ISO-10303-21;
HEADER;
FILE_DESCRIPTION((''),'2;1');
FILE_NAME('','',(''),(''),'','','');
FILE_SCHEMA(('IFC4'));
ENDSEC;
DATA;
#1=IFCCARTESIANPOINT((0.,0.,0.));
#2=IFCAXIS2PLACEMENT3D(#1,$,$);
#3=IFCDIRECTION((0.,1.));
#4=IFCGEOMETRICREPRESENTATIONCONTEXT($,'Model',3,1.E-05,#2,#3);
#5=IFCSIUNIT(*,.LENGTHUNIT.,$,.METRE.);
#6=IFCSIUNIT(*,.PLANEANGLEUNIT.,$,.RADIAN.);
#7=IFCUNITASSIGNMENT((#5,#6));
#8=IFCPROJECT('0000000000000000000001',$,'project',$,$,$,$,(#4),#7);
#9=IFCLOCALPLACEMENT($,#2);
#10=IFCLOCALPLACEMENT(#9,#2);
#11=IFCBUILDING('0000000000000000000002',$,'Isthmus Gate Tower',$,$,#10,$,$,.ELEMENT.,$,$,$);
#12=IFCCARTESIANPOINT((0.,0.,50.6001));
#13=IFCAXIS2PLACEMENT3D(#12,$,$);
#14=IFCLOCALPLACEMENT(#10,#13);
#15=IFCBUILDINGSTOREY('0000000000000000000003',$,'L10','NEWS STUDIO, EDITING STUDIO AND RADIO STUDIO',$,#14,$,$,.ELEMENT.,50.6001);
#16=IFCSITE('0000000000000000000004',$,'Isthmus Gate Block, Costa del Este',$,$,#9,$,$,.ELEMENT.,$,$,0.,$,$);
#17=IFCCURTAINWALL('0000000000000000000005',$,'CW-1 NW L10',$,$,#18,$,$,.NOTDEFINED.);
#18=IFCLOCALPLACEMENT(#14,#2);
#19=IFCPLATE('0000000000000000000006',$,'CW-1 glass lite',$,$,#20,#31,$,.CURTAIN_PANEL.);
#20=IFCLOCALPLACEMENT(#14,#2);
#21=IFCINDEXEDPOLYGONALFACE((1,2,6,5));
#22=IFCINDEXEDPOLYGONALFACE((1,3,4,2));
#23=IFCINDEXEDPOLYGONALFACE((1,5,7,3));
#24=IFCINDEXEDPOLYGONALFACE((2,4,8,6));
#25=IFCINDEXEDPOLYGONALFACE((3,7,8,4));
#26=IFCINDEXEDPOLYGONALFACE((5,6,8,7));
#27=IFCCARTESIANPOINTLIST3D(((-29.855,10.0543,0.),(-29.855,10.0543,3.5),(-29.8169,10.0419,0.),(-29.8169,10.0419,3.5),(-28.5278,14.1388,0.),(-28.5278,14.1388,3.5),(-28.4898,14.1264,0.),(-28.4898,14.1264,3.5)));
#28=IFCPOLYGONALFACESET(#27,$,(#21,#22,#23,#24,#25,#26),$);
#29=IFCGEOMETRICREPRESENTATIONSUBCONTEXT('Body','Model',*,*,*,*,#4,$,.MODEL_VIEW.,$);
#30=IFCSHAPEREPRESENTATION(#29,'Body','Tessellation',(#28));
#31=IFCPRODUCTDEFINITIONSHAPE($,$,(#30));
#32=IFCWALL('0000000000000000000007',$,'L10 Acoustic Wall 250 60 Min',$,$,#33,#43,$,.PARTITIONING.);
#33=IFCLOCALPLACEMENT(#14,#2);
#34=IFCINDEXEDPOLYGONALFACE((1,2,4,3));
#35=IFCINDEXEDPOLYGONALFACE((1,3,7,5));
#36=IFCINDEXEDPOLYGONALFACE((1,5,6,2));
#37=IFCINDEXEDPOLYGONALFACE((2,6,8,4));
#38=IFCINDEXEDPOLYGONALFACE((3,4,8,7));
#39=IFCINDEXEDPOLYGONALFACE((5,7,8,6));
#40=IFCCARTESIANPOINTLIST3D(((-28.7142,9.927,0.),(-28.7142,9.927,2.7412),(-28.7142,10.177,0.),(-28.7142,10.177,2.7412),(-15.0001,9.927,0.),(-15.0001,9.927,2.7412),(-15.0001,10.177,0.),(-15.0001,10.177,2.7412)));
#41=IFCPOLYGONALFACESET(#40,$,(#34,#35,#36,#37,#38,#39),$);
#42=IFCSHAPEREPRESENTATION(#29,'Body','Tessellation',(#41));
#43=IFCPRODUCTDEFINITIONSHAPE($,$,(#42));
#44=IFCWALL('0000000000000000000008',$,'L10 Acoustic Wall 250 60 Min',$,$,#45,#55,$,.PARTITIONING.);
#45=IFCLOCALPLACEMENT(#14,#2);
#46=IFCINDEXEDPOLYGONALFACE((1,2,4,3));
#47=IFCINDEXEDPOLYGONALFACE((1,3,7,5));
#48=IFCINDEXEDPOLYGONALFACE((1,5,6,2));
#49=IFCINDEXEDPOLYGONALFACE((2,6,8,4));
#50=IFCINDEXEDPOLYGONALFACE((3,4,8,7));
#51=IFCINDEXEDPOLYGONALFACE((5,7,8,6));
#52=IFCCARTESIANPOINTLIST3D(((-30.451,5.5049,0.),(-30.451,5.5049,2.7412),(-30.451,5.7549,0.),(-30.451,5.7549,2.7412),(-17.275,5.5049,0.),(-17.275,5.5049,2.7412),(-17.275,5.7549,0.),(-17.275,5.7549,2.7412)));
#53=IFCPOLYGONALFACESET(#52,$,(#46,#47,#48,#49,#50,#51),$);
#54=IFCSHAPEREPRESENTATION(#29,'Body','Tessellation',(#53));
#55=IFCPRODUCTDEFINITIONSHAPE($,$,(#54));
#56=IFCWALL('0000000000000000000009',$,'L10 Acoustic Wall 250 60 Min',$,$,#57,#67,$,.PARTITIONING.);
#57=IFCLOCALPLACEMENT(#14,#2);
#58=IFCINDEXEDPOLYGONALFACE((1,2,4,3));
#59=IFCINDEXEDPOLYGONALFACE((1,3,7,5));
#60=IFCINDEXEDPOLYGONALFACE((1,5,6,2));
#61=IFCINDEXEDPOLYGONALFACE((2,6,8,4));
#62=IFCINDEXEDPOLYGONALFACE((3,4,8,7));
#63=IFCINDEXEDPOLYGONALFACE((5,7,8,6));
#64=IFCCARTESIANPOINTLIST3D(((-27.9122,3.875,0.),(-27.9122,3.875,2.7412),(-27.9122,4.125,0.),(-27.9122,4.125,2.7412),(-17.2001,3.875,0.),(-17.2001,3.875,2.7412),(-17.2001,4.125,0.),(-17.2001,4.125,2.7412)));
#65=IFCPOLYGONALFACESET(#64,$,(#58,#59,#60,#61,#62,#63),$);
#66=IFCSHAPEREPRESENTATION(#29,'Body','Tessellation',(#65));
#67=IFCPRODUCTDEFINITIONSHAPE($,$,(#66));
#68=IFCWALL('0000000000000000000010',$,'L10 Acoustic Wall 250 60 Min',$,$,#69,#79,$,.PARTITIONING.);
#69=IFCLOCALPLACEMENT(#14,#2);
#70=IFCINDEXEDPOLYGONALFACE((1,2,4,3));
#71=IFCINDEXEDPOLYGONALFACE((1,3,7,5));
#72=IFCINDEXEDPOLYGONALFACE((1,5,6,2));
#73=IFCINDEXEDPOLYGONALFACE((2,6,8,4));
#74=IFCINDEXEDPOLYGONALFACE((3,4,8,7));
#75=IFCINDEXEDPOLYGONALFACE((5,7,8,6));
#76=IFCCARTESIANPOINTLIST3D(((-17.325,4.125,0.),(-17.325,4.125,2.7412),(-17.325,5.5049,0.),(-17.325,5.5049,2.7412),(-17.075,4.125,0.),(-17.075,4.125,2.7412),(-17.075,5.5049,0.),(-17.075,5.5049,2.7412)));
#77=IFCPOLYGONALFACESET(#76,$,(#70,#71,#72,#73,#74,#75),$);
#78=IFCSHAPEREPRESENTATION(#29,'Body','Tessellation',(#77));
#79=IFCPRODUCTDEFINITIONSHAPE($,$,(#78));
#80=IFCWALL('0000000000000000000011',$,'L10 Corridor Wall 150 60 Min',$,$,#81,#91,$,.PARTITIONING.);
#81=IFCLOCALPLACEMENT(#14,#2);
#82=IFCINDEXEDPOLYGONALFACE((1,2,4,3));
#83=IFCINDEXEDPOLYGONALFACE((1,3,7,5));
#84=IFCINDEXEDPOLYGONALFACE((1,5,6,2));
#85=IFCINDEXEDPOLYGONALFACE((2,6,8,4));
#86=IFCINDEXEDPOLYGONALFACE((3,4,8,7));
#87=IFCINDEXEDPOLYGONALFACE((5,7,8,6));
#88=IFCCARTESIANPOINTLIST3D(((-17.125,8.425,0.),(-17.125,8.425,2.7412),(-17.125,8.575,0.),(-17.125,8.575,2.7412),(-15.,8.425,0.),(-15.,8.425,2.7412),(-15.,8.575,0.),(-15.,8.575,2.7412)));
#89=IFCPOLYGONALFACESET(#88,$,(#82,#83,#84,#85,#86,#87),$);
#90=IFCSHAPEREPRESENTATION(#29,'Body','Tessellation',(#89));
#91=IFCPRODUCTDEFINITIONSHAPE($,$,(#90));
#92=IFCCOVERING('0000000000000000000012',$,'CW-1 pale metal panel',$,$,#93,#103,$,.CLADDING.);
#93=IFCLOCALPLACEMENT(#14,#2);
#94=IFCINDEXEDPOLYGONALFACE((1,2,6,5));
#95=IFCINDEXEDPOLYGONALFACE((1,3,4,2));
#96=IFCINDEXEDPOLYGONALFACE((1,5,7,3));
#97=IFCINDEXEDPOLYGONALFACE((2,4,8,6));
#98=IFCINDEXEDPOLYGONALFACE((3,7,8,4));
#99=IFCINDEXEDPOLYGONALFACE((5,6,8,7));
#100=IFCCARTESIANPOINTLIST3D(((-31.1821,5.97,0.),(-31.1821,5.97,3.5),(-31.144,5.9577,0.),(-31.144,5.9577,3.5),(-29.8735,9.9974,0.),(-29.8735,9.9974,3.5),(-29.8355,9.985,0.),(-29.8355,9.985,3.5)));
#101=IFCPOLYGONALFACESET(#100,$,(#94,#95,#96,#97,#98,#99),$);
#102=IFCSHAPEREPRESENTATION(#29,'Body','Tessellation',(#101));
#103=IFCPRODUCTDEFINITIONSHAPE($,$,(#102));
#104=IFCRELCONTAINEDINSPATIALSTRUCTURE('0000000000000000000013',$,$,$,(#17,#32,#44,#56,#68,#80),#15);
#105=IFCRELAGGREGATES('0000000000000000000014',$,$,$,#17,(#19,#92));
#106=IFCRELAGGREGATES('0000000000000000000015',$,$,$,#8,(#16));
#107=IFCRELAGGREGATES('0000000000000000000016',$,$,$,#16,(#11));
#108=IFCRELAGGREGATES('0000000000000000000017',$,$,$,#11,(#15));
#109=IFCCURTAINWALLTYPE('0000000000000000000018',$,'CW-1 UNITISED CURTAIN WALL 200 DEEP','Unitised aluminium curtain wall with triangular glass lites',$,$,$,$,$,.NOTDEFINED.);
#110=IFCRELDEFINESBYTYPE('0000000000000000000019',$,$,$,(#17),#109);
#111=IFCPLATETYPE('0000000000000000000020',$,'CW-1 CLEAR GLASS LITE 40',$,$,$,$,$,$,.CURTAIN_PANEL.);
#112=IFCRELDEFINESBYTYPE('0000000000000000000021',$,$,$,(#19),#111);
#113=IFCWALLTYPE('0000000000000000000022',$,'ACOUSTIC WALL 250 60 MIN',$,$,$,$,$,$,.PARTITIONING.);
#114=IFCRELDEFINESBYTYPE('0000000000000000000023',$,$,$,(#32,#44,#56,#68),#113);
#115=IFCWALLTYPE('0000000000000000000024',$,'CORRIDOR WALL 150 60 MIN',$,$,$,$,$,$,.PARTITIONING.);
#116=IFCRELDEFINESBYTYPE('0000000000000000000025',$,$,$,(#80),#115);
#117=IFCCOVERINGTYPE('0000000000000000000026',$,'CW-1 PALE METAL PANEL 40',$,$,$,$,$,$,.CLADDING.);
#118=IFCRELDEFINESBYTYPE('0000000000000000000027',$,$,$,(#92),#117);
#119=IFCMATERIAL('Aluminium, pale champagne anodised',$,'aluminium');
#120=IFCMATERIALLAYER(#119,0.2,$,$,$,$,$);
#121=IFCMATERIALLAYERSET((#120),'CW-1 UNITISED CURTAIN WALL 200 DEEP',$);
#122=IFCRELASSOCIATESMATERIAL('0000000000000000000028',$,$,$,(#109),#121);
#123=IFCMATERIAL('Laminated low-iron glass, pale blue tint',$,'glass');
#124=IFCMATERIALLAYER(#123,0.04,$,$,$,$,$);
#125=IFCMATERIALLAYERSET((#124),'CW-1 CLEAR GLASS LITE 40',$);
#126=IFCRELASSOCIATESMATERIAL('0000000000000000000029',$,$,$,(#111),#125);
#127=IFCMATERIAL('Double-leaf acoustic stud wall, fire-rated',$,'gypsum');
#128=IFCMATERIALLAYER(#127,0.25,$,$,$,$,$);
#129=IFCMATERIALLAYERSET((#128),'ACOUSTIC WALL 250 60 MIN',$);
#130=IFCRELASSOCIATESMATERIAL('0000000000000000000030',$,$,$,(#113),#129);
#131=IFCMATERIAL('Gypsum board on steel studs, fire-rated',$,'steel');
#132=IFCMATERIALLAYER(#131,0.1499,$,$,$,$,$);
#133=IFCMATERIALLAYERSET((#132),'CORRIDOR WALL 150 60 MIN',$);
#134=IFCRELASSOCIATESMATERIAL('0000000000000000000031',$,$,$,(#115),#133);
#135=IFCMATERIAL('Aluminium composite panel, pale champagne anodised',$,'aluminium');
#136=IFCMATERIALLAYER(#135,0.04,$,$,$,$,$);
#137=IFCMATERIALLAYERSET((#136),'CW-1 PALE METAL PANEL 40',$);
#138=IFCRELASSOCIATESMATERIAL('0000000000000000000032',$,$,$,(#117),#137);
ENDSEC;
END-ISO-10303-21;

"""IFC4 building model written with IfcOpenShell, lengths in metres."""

from ifc_helpers import new_model, si_unit, direction, frame, frame_2d, origin, origin_2d, place, context, subcontext, project, spatial, rectangle, extrude, material, layer, layer_set, type_object, element, aggregate, save


model = new_model("IFC4")

# Units and contexts
model_context = context("Model", 3, precision=1e-05, world=origin(), true_north=direction((0.0, 1.0)))
body_context = subcontext(model_context, "Body", "Model", "MODEL_VIEW")
ifc_project = project(units=[si_unit("LENGTHUNIT", "METRE"), si_unit("PLANEANGLEUNIT", "RADIAN")], contexts=[model_context])

# Site, building, storey
site_placement = place(None, origin())
site = spatial("IfcSite", under=ifc_project, at=site_placement, Name="Isthmus Gate Block, Costa del Este", CompositionType="ELEMENT", RefElevation=0.0)
building_placement = place(site_placement, origin())
building = spatial("IfcBuilding", under=site, at=building_placement, Name="Isthmus Gate Tower", CompositionType="ELEMENT")
storey_placement = place(building_placement, frame((0.0, 0.0, 50.6001)))
storey = spatial("IfcBuildingStorey", under=building, at=storey_placement, Name="L10", Description="NEWS STUDIO, EDITING STUDIO AND RADIO STUDIO", CompositionType="ELEMENT", Elevation=50.6001)

# Curtain wall
ifc_material_1 = material(Name="Aluminium, pale champagne anodised", Category="aluminium")
ifc_layer_1 = layer(ifc_material_1, 0.2)
ifc_layer_set_1 = layer_set([ifc_layer_1], Name="CW-1 UNITISED CURTAIN WALL 200 DEEP")
curtain_wall_type = type_object("IfcCurtainWallType", Name="CW-1 UNITISED CURTAIN WALL 200 DEEP", Description="Unitised aluminium curtain wall with triangular glass lites", PredefinedType="NOTDEFINED", material=ifc_layer_set_1)
curtain_wall_placement = place(storey_placement, origin())
curtain_wall = element("IfcCurtainWall", 1, at=curtain_wall_placement, inside=storey, type_object=curtain_wall_type, Name="CW-1 NW L10", PredefinedType="NOTDEFINED")

# Plate
ifc_material_2 = material(Name="Laminated low-iron glass, pale blue tint", Category="glass")
ifc_layer_2 = layer(ifc_material_2, 0.04)
ifc_layer_set_2 = layer_set([ifc_layer_2], Name="CW-1 CLEAR GLASS LITE 40")
plate_type = type_object("IfcPlateType", Name="CW-1 CLEAR GLASS LITE 40", PredefinedType="CURTAIN_PANEL", material=ifc_layer_set_2)
plate_placement = place(storey_placement, frame((-29.1724, 12.0903, 0.0), z_axis=(0.0, 0.0, 1.0), x_axis=(-0.309017, -0.951057, 0.0)))
plate = element("IfcPlate", 2, at=plate_placement, type_object=plate_type, Name="CW-1 glass lite", PredefinedType="CURTAIN_PANEL", context=body_context, shape_type="SweptSolid", body=[
    extrude(rectangle(XDim=4.2947, YDim=0.04, at=origin_2d()), origin(), (0.0, 0.0, 1.0), 3.5),
])

# Walls
ifc_material_3 = material(Name="Double-leaf acoustic stud wall, fire-rated", Category="gypsum")
ifc_layer_3 = layer(ifc_material_3, 0.25)
ifc_layer_set_3 = layer_set([ifc_layer_3], Name="ACOUSTIC WALL 250 60 MIN")
wall_type_1 = type_object("IfcWallType", Name="ACOUSTIC WALL 250 60 MIN", PredefinedType="PARTITIONING", material=ifc_layer_set_3)
wall_1_placement = place(storey_placement, frame((-28.7141, 10.052, 0.0), z_axis=(0.0, 0.0, 1.0), x_axis=(1.0, 0.0, 0.0)))
element("IfcWall", 3, at=wall_1_placement, inside=storey, type_object=wall_type_1, Name="L10 Acoustic Wall 250 60 Min", PredefinedType="PARTITIONING", context=body_context, shape_type="SweptSolid", body=[
    extrude(rectangle(XDim=13.7141, YDim=0.25, at=frame_2d((6.8569, 0.0))), origin(), (0.0, 0.0, 1.0), 2.7412),
])
wall_2_placement = place(storey_placement, frame((-30.4509, 5.6299, 0.0), z_axis=(0.0, 0.0, 1.0), x_axis=(1.0, 0.0, 0.0)))
element("IfcWall", 4, at=wall_2_placement, inside=storey, type_object=wall_type_1, Name="L10 Acoustic Wall 250 60 Min", PredefinedType="PARTITIONING", context=body_context, shape_type="SweptSolid", body=[
    extrude(rectangle(XDim=13.176, YDim=0.25, at=frame_2d((6.5879, 0.0))), origin(), (0.0, 0.0, 1.0), 2.7412),
])
wall_3_placement = place(storey_placement, frame((-27.9121, 4.0, 0.0), z_axis=(0.0, 0.0, 1.0), x_axis=(1.0, 0.0, 0.0)))
element("IfcWall", 5, at=wall_3_placement, inside=storey, type_object=wall_type_1, Name="L10 Acoustic Wall 250 60 Min", PredefinedType="PARTITIONING", context=body_context, shape_type="SweptSolid", body=[
    extrude(rectangle(XDim=10.7122, YDim=0.25, at=frame_2d((5.356, 0.0))), origin(), (0.0, 0.0, 1.0), 2.7412),
])
wall_4_placement = place(storey_placement, frame((-17.2, 4.125, 0.0), z_axis=(0.0, 0.0, 1.0), x_axis=(0.0, 1.0, 0.0)))
element("IfcWall", 6, at=wall_4_placement, inside=storey, type_object=wall_type_1, Name="L10 Acoustic Wall 250 60 Min", PredefinedType="PARTITIONING", context=body_context, shape_type="SweptSolid", body=[
    extrude(rectangle(XDim=1.3799, YDim=0.25, at=frame_2d((0.6899, 0.0))), origin(), (0.0, 0.0, 1.0), 2.7412),
])

# Shared definitions
ifc_material_4 = material(Name="Gypsum board on steel studs, fire-rated", Category="steel")
ifc_layer_4 = layer(ifc_material_4, 0.1499)
ifc_layer_set_4 = layer_set([ifc_layer_4], Name="CORRIDOR WALL 150 60 MIN")
wall_type_2 = type_object("IfcWallType", Name="CORRIDOR WALL 150 60 MIN", PredefinedType="PARTITIONING", material=ifc_layer_set_4)

# Wall
wall_5_placement = place(storey_placement, frame((-17.125, 8.5, 0.0), z_axis=(0.0, 0.0, 1.0), x_axis=(1.0, 0.0, 0.0)))
element("IfcWall", 7, at=wall_5_placement, inside=storey, type_object=wall_type_2, Name="L10 Corridor Wall 150 60 Min", PredefinedType="PARTITIONING", context=body_context, shape_type="SweptSolid", body=[
    extrude(rectangle(XDim=2.125, YDim=0.1499, at=frame_2d((1.0625, 0.0))), origin(), (0.0, 0.0, 1.0), 2.7412),
])

# Covering
ifc_material_5 = material(Name="Aluminium composite panel, pale champagne anodised", Category="aluminium")
ifc_layer_5 = layer(ifc_material_5, 0.04)
ifc_layer_set_5 = layer_set([ifc_layer_5], Name="CW-1 PALE METAL PANEL 40")
covering_type = type_object("IfcCoveringType", Name="CW-1 PALE METAL PANEL 40", PredefinedType="CLADDING", material=ifc_layer_set_5)
covering_placement = place(storey_placement, frame((-30.5088, 7.9775, 0.0), z_axis=(0.0, 0.0, 1.0), x_axis=(-0.309017, -0.951057, 0.0)))
covering = element("IfcCovering", 8, at=covering_placement, type_object=covering_type, Name="CW-1 pale metal panel", PredefinedType="CLADDING", context=body_context, shape_type="SweptSolid", body=[
    extrude(rectangle(XDim=4.2346, YDim=0.04, at=origin_2d()), origin(), (0.0, 0.0, 1.0), 3.5),
])
aggregate(curtain_wall, [plate, covering])

save(model, "model.ifc")
